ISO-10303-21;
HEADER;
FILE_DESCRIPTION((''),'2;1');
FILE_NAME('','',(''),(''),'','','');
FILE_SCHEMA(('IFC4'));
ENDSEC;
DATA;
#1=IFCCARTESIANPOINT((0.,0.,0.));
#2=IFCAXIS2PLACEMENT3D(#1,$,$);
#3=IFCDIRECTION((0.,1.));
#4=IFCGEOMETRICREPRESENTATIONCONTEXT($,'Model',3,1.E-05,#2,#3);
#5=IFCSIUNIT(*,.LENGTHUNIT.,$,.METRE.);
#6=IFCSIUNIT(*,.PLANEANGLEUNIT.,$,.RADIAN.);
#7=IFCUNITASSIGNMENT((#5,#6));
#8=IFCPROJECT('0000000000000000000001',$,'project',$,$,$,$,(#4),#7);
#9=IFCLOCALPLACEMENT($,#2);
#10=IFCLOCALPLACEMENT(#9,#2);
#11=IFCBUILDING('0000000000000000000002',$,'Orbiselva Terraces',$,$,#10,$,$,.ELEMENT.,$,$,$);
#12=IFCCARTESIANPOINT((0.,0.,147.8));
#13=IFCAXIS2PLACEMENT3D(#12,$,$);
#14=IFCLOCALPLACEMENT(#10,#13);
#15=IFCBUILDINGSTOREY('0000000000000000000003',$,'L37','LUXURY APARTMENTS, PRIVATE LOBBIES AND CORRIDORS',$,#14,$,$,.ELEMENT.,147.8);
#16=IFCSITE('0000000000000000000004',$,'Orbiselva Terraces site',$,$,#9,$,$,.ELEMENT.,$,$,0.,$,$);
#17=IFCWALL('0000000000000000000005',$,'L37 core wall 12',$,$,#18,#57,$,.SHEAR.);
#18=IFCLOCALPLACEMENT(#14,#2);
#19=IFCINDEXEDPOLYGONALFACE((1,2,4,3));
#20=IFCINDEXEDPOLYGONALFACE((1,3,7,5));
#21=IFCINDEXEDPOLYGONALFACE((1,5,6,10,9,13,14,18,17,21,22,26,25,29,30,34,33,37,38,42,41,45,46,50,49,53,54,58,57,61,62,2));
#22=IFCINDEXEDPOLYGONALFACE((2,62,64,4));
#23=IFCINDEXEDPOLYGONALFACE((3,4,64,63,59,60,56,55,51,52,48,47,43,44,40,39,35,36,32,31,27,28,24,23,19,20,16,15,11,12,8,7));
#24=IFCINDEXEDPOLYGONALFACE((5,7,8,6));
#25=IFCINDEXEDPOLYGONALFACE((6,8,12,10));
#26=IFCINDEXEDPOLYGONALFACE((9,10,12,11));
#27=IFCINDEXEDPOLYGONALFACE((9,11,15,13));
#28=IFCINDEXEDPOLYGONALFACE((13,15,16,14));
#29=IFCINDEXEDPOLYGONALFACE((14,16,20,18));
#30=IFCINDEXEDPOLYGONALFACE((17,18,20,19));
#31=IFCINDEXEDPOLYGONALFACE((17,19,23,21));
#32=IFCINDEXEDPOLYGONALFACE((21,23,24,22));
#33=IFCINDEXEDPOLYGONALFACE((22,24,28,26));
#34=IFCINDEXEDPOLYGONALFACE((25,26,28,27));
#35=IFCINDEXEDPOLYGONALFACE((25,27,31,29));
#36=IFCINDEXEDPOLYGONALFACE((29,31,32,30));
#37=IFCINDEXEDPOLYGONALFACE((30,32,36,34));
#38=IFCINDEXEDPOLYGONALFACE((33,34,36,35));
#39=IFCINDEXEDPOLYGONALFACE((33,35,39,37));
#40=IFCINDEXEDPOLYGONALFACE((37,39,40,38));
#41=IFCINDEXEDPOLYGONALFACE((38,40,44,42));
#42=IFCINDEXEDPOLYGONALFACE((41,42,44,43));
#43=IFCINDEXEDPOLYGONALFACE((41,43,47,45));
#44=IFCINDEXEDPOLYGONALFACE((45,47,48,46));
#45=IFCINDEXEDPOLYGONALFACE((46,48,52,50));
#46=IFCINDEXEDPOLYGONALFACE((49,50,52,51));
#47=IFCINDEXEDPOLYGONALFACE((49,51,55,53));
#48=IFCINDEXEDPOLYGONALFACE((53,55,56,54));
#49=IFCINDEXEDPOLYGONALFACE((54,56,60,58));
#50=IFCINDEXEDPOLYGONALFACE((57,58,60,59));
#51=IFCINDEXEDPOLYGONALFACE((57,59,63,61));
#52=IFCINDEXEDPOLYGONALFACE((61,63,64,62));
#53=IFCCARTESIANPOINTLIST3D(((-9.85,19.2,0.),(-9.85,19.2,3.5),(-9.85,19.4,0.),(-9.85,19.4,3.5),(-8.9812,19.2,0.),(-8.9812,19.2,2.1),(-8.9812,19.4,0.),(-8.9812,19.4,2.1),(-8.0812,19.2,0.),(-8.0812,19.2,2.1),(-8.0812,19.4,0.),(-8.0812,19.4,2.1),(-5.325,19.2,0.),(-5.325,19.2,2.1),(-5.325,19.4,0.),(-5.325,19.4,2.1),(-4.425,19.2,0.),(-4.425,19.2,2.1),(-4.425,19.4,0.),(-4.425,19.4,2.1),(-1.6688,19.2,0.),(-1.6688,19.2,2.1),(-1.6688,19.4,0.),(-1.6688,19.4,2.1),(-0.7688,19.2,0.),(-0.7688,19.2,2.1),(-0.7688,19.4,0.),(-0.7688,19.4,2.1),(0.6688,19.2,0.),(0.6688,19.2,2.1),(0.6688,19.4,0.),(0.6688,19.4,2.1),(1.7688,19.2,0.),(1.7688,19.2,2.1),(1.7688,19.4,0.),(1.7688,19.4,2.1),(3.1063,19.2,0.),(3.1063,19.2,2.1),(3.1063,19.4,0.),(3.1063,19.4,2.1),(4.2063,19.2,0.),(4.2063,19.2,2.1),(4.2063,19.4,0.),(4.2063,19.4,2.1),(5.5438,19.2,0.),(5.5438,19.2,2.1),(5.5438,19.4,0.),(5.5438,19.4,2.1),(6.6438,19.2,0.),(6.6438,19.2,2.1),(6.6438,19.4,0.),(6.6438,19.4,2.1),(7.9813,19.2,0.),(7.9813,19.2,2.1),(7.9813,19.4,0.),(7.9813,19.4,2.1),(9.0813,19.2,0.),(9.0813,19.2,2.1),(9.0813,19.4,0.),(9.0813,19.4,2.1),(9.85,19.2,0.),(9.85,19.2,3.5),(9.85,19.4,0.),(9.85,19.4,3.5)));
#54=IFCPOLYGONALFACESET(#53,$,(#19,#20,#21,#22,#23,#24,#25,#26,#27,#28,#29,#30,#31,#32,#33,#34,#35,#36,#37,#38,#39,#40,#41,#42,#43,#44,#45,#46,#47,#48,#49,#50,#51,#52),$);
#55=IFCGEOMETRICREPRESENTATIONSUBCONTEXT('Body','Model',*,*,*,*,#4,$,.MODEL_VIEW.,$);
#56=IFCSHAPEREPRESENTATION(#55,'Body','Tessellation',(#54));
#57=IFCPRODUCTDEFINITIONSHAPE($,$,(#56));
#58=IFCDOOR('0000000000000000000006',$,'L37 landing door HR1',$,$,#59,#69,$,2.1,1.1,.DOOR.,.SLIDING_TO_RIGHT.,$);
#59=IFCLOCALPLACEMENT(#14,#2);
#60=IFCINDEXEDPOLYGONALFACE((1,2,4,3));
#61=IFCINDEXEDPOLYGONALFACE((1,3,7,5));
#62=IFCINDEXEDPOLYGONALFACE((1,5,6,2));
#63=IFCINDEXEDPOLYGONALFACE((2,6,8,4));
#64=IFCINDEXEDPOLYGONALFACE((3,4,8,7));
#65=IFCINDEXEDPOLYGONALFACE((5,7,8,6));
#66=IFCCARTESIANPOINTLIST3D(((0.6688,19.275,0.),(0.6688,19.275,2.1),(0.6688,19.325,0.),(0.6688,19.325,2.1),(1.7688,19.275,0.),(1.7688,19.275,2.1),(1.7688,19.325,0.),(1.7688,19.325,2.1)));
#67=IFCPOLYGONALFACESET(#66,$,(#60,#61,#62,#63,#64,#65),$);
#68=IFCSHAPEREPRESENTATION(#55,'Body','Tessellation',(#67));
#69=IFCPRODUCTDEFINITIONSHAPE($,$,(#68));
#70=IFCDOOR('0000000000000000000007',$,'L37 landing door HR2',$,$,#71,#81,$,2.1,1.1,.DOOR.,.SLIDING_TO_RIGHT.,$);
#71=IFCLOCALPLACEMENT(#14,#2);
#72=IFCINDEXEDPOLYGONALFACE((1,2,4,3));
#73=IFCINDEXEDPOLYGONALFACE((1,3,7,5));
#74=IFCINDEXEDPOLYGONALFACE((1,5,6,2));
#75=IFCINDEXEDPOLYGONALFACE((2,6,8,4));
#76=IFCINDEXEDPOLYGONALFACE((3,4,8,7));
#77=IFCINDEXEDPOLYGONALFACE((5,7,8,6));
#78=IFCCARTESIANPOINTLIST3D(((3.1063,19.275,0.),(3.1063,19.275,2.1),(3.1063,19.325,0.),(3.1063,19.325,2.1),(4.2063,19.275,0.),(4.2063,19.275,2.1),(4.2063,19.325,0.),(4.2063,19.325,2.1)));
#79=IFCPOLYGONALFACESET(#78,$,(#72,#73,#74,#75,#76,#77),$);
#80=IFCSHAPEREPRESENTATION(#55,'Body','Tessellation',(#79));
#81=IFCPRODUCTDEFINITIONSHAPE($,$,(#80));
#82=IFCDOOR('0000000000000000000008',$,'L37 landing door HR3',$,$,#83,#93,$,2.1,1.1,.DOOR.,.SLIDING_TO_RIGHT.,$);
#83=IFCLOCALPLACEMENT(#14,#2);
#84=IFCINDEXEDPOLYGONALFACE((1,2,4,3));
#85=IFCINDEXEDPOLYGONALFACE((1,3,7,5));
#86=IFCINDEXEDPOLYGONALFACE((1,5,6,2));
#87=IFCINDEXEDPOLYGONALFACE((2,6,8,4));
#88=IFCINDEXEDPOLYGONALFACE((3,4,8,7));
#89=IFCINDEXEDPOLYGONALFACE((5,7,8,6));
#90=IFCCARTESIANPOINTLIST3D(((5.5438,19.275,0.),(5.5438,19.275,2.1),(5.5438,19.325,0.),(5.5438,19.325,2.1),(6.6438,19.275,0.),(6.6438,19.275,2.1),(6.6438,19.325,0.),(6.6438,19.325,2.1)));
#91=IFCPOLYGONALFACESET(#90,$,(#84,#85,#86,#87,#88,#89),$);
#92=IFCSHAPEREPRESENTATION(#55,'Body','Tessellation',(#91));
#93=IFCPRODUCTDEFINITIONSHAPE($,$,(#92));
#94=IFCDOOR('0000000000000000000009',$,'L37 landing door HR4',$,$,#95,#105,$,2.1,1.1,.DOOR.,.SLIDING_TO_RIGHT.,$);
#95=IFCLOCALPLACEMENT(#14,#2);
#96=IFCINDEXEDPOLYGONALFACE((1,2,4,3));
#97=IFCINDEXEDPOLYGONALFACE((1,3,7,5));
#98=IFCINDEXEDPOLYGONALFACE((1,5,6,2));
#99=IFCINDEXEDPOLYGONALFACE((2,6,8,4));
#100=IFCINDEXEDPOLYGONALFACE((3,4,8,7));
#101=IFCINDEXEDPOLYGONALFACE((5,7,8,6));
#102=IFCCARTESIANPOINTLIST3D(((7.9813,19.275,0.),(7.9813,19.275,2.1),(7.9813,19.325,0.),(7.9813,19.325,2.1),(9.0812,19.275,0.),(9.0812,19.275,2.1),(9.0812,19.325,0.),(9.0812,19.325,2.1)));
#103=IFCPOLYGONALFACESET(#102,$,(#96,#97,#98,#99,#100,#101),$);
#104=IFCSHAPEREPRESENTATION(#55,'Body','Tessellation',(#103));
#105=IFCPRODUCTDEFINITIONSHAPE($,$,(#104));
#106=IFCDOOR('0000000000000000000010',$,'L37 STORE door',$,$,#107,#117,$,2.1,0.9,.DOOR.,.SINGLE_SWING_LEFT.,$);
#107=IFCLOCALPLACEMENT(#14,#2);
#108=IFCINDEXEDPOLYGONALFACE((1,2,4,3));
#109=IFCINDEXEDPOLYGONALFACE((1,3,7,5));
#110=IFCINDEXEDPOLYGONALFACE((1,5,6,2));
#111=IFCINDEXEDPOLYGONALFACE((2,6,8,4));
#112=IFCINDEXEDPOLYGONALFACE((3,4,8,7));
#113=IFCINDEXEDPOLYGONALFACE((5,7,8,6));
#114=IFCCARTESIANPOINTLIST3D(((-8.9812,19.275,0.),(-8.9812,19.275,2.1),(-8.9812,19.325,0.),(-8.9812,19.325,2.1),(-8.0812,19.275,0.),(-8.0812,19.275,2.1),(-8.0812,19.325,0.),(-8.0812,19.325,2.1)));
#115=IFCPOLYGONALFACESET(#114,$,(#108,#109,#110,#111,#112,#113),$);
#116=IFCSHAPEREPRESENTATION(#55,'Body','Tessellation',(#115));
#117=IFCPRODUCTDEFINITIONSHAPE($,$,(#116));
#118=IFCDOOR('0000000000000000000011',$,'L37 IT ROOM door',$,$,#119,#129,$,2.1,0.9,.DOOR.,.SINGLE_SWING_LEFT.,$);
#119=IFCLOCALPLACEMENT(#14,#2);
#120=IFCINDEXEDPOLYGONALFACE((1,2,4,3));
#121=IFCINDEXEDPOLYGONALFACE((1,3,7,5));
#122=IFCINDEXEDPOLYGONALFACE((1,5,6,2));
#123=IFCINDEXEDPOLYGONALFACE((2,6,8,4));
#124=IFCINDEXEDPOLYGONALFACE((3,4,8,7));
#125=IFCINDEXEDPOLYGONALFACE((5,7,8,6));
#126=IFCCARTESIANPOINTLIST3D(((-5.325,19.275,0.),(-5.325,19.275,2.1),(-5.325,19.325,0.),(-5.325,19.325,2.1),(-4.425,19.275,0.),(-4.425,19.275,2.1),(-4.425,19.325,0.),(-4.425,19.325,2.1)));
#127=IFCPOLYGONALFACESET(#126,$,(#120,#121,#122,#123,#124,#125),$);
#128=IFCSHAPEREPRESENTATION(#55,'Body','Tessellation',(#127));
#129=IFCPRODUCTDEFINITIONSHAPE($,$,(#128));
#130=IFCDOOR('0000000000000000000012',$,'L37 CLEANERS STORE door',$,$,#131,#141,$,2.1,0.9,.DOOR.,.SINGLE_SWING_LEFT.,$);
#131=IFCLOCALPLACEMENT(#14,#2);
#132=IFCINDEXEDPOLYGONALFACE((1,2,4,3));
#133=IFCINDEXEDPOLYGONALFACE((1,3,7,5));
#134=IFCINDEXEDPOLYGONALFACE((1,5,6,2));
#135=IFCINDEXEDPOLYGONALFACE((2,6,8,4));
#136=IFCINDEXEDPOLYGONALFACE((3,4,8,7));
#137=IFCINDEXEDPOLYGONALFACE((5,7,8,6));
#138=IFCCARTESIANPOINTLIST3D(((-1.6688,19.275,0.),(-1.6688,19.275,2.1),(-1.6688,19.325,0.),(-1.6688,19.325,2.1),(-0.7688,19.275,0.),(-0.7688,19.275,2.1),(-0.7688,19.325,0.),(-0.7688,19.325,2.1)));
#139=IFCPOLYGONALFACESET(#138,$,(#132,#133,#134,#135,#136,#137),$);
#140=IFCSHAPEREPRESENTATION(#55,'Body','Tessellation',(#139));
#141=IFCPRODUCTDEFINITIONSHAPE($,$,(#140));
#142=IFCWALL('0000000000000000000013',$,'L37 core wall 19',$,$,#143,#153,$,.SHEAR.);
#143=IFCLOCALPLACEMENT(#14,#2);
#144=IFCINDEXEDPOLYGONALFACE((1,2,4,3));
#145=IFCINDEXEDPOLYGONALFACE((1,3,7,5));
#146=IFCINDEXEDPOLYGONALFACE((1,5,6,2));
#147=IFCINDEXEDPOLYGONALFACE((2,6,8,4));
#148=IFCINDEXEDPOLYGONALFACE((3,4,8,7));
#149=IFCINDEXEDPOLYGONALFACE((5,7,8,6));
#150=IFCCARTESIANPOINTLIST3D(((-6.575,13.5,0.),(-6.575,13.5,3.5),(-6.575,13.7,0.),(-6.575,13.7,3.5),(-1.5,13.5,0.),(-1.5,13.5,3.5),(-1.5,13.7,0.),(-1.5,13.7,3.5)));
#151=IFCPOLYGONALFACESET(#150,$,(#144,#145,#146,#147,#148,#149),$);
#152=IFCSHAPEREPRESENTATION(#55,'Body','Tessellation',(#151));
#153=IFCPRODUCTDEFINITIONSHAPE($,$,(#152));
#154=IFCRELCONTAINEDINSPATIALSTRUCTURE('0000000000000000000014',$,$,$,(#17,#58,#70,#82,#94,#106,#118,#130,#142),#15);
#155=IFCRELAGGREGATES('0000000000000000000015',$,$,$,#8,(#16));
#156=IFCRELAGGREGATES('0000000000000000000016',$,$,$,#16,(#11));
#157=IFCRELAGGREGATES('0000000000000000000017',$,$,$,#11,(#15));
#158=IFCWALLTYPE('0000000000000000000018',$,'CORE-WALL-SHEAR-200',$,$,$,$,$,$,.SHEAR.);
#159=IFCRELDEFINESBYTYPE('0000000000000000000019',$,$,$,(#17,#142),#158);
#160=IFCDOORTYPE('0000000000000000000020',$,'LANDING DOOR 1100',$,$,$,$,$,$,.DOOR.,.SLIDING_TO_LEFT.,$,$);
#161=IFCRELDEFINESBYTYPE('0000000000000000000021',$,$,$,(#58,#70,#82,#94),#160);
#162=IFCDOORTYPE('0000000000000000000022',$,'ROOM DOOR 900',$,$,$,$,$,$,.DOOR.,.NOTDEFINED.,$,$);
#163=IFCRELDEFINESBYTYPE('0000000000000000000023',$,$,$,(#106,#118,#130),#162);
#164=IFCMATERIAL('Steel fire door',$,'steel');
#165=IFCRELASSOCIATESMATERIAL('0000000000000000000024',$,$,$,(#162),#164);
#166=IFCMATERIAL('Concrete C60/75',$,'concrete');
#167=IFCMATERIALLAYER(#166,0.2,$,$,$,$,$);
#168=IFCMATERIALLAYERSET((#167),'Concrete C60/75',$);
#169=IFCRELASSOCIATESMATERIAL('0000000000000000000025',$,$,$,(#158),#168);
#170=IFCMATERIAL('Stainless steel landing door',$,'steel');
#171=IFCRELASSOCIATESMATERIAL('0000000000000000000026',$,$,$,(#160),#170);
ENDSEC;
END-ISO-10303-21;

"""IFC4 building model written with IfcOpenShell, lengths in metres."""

from ifc_helpers import new_model, si_unit, direction, frame, frame_2d, origin, place, context, subcontext, project, spatial, rectangle, extrude, material, layer, layer_set, type_object, element, fill, save


model = new_model("IFC4")

# Units and contexts
model_context = context("Model", 3, precision=1e-05, world=origin(), true_north=direction((0.0, 1.0)))
body_context = subcontext(model_context, "Body", "Model", "MODEL_VIEW")
ifc_project = project(units=[si_unit("LENGTHUNIT", "METRE"), si_unit("PLANEANGLEUNIT", "RADIAN")], contexts=[model_context])

# Site, building, storey
site_placement = place(None, origin())
site = spatial("IfcSite", under=ifc_project, at=site_placement, Name="Orbiselva Terraces site", CompositionType="ELEMENT", RefElevation=0.0)
building_placement = place(site_placement, origin())
building = spatial("IfcBuilding", under=site, at=building_placement, Name="Orbiselva Terraces", CompositionType="ELEMENT")
storey_placement = place(building_placement, frame((0.0, 0.0, 147.8)))
storey = spatial("IfcBuildingStorey", under=building, at=storey_placement, Name="L37", Description="LUXURY APARTMENTS, PRIVATE LOBBIES AND CORRIDORS", CompositionType="ELEMENT", Elevation=147.8)

# Shared definitions
ifc_material_1 = material(Name="Steel fire door", Category="steel")
door_type_1 = type_object("IfcDoorType", Name="ROOM DOOR 900", OperationType="NOTDEFINED", PredefinedType="DOOR", material=ifc_material_1)

# Shared definitions
ifc_material_2 = material(Name="Concrete C60/75", Category="concrete")
ifc_layer_1 = layer(ifc_material_2, 0.2)
ifc_layer_set_1 = layer_set([ifc_layer_1], Name="Concrete C60/75")
wall_type_1 = type_object("IfcWallType", Name="CORE-WALL-SHEAR-200", PredefinedType="SHEAR", material=ifc_layer_set_1)

# Wall, openings, doors
wall_1_placement = place(storey_placement, frame((-9.85, 19.3, 0.0), z_axis=(0.0, 0.0, 1.0), x_axis=(1.0, 0.0, 0.0)))
wall_1 = element("IfcWall", 1, at=wall_1_placement, inside=storey, type_object=wall_type_1, Name="L37 core wall 12", PredefinedType="SHEAR", context=body_context, shape_type="SweptSolid", body=[
    extrude(rectangle(XDim=19.7, YDim=0.2, at=frame_2d((9.85, 0.0))), origin(), (0.0, 0.0, 1.0), 3.5),
])
opening_1_placement = place(wall_1_placement, frame((10.5188, 0.0, 0.0)))
opening_1 = element("IfcOpeningElement", 2, at=opening_1_placement, cuts=wall_1, PredefinedType="OPENING", context=body_context, shape_type="SweptSolid", body=[
    extrude(rectangle(XDim=1.1, YDim=2.1, at=frame_2d((0.55, 1.05))), frame((0.0, 0.11, 0.0), z_axis=(0.0, -1.0, 0.0), x_axis=(1.0, 0.0, 0.0)), (0.0, 0.0, 1.0), 0.22),
])
opening_2_placement = place(wall_1_placement, frame((12.9563, 0.0, 0.0)))
opening_2 = element("IfcOpeningElement", 3, at=opening_2_placement, cuts=wall_1, PredefinedType="OPENING", context=body_context, shape_type="SweptSolid", body=[
    extrude(rectangle(XDim=1.1, YDim=2.1, at=frame_2d((0.55, 1.05))), frame((0.0, 0.11, 0.0), z_axis=(0.0, -1.0, 0.0), x_axis=(1.0, 0.0, 0.0)), (0.0, 0.0, 1.0), 0.22),
])
opening_3_placement = place(wall_1_placement, frame((15.3938, 0.0, 0.0)))
opening_3 = element("IfcOpeningElement", 4, at=opening_3_placement, cuts=wall_1, PredefinedType="OPENING", context=body_context, shape_type="SweptSolid", body=[
    extrude(rectangle(XDim=1.1, YDim=2.1, at=frame_2d((0.55, 1.05))), frame((0.0, 0.11, 0.0), z_axis=(0.0, -1.0, 0.0), x_axis=(1.0, 0.0, 0.0)), (0.0, 0.0, 1.0), 0.22),
])
opening_4_placement = place(wall_1_placement, frame((17.8313, 0.0, 0.0)))
opening_4 = element("IfcOpeningElement", 5, at=opening_4_placement, cuts=wall_1, PredefinedType="OPENING", context=body_context, shape_type="SweptSolid", body=[
    extrude(rectangle(XDim=1.1, YDim=2.1, at=frame_2d((0.55, 1.05))), frame((0.0, 0.11, 0.0), z_axis=(0.0, -1.0, 0.0), x_axis=(1.0, 0.0, 0.0)), (0.0, 0.0, 1.0), 0.22),
])
opening_5_placement = place(wall_1_placement, frame((0.8688, 0.0, 0.0)))
opening_5 = element("IfcOpeningElement", 6, at=opening_5_placement, cuts=wall_1, PredefinedType="OPENING", context=body_context, shape_type="SweptSolid", body=[
    extrude(rectangle(XDim=0.9, YDim=2.1, at=frame_2d((0.45, 1.05))), frame((0.0, 0.11, 0.0), z_axis=(0.0, -1.0, 0.0), x_axis=(1.0, 0.0, 0.0)), (0.0, 0.0, 1.0), 0.22),
])
opening_6_placement = place(wall_1_placement, frame((4.525, 0.0, 0.0)))
opening_6 = element("IfcOpeningElement", 7, at=opening_6_placement, cuts=wall_1, PredefinedType="OPENING", context=body_context, shape_type="SweptSolid", body=[
    extrude(rectangle(XDim=0.9, YDim=2.1, at=frame_2d((0.45, 1.05))), frame((0.0, 0.11, 0.0), z_axis=(0.0, -1.0, 0.0), x_axis=(1.0, 0.0, 0.0)), (0.0, 0.0, 1.0), 0.22),
])
opening_7_placement = place(wall_1_placement, frame((8.1812, 0.0, 0.0)))
opening_7 = element("IfcOpeningElement", 8, at=opening_7_placement, cuts=wall_1, PredefinedType="OPENING", context=body_context, shape_type="SweptSolid", body=[
    extrude(rectangle(XDim=0.9, YDim=2.1, at=frame_2d((0.45, 1.05))), frame((0.0, 0.11, 0.0), z_axis=(0.0, -1.0, 0.0), x_axis=(1.0, 0.0, 0.0)), (0.0, 0.0, 1.0), 0.22),
])
ifc_material_3 = material(Name="Stainless steel landing door", Category="steel")
door_type_2 = type_object("IfcDoorType", Name="LANDING DOOR 1100", OperationType="SLIDING_TO_LEFT", PredefinedType="DOOR", material=ifc_material_3)
door_1_placement = place(opening_1_placement, origin())
door_1 = element("IfcDoor", 9, at=door_1_placement, inside=storey, type_object=door_type_2, Name="L37 landing door HR1", OperationType="SLIDING_TO_RIGHT", OverallHeight=2.1, OverallWidth=1.1, PredefinedType="DOOR", context=body_context, shape_type="SweptSolid", body=[
    extrude(rectangle(XDim=1.1, YDim=2.1, at=frame_2d((0.55, 1.05))), frame((0.0, 0.025, 0.0), z_axis=(0.0, -1.0, 0.0), x_axis=(1.0, 0.0, 0.0)), (0.0, 0.0, 1.0), 0.05),
])
fill(opening_1, door_1)
door_2_placement = place(opening_2_placement, origin())
door_2 = element("IfcDoor", 10, at=door_2_placement, inside=storey, type_object=door_type_2, Name="L37 landing door HR2", OperationType="SLIDING_TO_RIGHT", OverallHeight=2.1, OverallWidth=1.1, PredefinedType="DOOR", context=body_context, shape_type="SweptSolid", body=[
    extrude(rectangle(XDim=1.1, YDim=2.1, at=frame_2d((0.55, 1.05))), frame((0.0, 0.025, 0.0), z_axis=(0.0, -1.0, 0.0), x_axis=(1.0, 0.0, 0.0)), (0.0, 0.0, 1.0), 0.05),
])
fill(opening_2, door_2)
door_3_placement = place(opening_3_placement, origin())
door_3 = element("IfcDoor", 11, at=door_3_placement, inside=storey, type_object=door_type_2, Name="L37 landing door HR3", OperationType="SLIDING_TO_RIGHT", OverallHeight=2.1, OverallWidth=1.1, PredefinedType="DOOR", context=body_context, shape_type="SweptSolid", body=[
    extrude(rectangle(XDim=1.1, YDim=2.1, at=frame_2d((0.55, 1.05))), frame((0.0, 0.025, 0.0), z_axis=(0.0, -1.0, 0.0), x_axis=(1.0, 0.0, 0.0)), (0.0, 0.0, 1.0), 0.05),
])
fill(opening_3, door_3)
door_4_placement = place(opening_4_placement, origin())
door_4 = element("IfcDoor", 12, at=door_4_placement, inside=storey, type_object=door_type_2, Name="L37 landing door HR4", OperationType="SLIDING_TO_RIGHT", OverallHeight=2.1, OverallWidth=1.1, PredefinedType="DOOR", context=body_context, shape_type="SweptSolid", body=[
    extrude(rectangle(XDim=1.1, YDim=2.1, at=frame_2d((0.55, 1.05))), frame((0.0, 0.025, 0.0), z_axis=(0.0, -1.0, 0.0), x_axis=(1.0, 0.0, 0.0)), (0.0, 0.0, 1.0), 0.05),
])
fill(opening_4, door_4)
door_5_placement = place(opening_5_placement, origin())
door_5 = element("IfcDoor", 13, at=door_5_placement, inside=storey, type_object=door_type_1, Name="L37 STORE door", OperationType="SINGLE_SWING_LEFT", OverallHeight=2.1, OverallWidth=0.9, PredefinedType="DOOR", context=body_context, shape_type="SweptSolid", body=[
    extrude(rectangle(XDim=0.9, YDim=2.1, at=frame_2d((0.45, 1.05))), frame((0.0, 0.025, 0.0), z_axis=(0.0, -1.0, 0.0), x_axis=(1.0, 0.0, 0.0)), (0.0, 0.0, 1.0), 0.05),
])
fill(opening_5, door_5)
door_6_placement = place(opening_6_placement, origin())
door_6 = element("IfcDoor", 14, at=door_6_placement, inside=storey, type_object=door_type_1, Name="L37 IT ROOM door", OperationType="SINGLE_SWING_LEFT", OverallHeight=2.1, OverallWidth=0.9, PredefinedType="DOOR", context=body_context, shape_type="SweptSolid", body=[
    extrude(rectangle(XDim=0.9, YDim=2.1, at=frame_2d((0.45, 1.05))), frame((0.0, 0.025, 0.0), z_axis=(0.0, -1.0, 0.0), x_axis=(1.0, 0.0, 0.0)), (0.0, 0.0, 1.0), 0.05),
])
fill(opening_6, door_6)
door_7_placement = place(opening_7_placement, origin())
door_7 = element("IfcDoor", 15, at=door_7_placement, inside=storey, type_object=door_type_1, Name="L37 CLEANERS STORE door", OperationType="SINGLE_SWING_LEFT", OverallHeight=2.1, OverallWidth=0.9, PredefinedType="DOOR", context=body_context, shape_type="SweptSolid", body=[
    extrude(rectangle(XDim=0.9, YDim=2.1, at=frame_2d((0.45, 1.05))), frame((0.0, 0.025, 0.0), z_axis=(0.0, -1.0, 0.0), x_axis=(1.0, 0.0, 0.0)), (0.0, 0.0, 1.0), 0.05),
])
fill(opening_7, door_7)

# Wall
wall_2_placement = place(storey_placement, frame((-6.575, 13.6, 0.0), z_axis=(0.0, 0.0, 1.0), x_axis=(1.0, 0.0, 0.0)))
element("IfcWall", 16, at=wall_2_placement, inside=storey, type_object=wall_type_1, Name="L37 core wall 19", PredefinedType="SHEAR", context=body_context, shape_type="SweptSolid", body=[
    extrude(rectangle(XDim=5.075, YDim=0.2, at=frame_2d((2.5375, 0.0))), origin(), (0.0, 0.0, 1.0), 3.5),
])

save(model, "model.ifc")
